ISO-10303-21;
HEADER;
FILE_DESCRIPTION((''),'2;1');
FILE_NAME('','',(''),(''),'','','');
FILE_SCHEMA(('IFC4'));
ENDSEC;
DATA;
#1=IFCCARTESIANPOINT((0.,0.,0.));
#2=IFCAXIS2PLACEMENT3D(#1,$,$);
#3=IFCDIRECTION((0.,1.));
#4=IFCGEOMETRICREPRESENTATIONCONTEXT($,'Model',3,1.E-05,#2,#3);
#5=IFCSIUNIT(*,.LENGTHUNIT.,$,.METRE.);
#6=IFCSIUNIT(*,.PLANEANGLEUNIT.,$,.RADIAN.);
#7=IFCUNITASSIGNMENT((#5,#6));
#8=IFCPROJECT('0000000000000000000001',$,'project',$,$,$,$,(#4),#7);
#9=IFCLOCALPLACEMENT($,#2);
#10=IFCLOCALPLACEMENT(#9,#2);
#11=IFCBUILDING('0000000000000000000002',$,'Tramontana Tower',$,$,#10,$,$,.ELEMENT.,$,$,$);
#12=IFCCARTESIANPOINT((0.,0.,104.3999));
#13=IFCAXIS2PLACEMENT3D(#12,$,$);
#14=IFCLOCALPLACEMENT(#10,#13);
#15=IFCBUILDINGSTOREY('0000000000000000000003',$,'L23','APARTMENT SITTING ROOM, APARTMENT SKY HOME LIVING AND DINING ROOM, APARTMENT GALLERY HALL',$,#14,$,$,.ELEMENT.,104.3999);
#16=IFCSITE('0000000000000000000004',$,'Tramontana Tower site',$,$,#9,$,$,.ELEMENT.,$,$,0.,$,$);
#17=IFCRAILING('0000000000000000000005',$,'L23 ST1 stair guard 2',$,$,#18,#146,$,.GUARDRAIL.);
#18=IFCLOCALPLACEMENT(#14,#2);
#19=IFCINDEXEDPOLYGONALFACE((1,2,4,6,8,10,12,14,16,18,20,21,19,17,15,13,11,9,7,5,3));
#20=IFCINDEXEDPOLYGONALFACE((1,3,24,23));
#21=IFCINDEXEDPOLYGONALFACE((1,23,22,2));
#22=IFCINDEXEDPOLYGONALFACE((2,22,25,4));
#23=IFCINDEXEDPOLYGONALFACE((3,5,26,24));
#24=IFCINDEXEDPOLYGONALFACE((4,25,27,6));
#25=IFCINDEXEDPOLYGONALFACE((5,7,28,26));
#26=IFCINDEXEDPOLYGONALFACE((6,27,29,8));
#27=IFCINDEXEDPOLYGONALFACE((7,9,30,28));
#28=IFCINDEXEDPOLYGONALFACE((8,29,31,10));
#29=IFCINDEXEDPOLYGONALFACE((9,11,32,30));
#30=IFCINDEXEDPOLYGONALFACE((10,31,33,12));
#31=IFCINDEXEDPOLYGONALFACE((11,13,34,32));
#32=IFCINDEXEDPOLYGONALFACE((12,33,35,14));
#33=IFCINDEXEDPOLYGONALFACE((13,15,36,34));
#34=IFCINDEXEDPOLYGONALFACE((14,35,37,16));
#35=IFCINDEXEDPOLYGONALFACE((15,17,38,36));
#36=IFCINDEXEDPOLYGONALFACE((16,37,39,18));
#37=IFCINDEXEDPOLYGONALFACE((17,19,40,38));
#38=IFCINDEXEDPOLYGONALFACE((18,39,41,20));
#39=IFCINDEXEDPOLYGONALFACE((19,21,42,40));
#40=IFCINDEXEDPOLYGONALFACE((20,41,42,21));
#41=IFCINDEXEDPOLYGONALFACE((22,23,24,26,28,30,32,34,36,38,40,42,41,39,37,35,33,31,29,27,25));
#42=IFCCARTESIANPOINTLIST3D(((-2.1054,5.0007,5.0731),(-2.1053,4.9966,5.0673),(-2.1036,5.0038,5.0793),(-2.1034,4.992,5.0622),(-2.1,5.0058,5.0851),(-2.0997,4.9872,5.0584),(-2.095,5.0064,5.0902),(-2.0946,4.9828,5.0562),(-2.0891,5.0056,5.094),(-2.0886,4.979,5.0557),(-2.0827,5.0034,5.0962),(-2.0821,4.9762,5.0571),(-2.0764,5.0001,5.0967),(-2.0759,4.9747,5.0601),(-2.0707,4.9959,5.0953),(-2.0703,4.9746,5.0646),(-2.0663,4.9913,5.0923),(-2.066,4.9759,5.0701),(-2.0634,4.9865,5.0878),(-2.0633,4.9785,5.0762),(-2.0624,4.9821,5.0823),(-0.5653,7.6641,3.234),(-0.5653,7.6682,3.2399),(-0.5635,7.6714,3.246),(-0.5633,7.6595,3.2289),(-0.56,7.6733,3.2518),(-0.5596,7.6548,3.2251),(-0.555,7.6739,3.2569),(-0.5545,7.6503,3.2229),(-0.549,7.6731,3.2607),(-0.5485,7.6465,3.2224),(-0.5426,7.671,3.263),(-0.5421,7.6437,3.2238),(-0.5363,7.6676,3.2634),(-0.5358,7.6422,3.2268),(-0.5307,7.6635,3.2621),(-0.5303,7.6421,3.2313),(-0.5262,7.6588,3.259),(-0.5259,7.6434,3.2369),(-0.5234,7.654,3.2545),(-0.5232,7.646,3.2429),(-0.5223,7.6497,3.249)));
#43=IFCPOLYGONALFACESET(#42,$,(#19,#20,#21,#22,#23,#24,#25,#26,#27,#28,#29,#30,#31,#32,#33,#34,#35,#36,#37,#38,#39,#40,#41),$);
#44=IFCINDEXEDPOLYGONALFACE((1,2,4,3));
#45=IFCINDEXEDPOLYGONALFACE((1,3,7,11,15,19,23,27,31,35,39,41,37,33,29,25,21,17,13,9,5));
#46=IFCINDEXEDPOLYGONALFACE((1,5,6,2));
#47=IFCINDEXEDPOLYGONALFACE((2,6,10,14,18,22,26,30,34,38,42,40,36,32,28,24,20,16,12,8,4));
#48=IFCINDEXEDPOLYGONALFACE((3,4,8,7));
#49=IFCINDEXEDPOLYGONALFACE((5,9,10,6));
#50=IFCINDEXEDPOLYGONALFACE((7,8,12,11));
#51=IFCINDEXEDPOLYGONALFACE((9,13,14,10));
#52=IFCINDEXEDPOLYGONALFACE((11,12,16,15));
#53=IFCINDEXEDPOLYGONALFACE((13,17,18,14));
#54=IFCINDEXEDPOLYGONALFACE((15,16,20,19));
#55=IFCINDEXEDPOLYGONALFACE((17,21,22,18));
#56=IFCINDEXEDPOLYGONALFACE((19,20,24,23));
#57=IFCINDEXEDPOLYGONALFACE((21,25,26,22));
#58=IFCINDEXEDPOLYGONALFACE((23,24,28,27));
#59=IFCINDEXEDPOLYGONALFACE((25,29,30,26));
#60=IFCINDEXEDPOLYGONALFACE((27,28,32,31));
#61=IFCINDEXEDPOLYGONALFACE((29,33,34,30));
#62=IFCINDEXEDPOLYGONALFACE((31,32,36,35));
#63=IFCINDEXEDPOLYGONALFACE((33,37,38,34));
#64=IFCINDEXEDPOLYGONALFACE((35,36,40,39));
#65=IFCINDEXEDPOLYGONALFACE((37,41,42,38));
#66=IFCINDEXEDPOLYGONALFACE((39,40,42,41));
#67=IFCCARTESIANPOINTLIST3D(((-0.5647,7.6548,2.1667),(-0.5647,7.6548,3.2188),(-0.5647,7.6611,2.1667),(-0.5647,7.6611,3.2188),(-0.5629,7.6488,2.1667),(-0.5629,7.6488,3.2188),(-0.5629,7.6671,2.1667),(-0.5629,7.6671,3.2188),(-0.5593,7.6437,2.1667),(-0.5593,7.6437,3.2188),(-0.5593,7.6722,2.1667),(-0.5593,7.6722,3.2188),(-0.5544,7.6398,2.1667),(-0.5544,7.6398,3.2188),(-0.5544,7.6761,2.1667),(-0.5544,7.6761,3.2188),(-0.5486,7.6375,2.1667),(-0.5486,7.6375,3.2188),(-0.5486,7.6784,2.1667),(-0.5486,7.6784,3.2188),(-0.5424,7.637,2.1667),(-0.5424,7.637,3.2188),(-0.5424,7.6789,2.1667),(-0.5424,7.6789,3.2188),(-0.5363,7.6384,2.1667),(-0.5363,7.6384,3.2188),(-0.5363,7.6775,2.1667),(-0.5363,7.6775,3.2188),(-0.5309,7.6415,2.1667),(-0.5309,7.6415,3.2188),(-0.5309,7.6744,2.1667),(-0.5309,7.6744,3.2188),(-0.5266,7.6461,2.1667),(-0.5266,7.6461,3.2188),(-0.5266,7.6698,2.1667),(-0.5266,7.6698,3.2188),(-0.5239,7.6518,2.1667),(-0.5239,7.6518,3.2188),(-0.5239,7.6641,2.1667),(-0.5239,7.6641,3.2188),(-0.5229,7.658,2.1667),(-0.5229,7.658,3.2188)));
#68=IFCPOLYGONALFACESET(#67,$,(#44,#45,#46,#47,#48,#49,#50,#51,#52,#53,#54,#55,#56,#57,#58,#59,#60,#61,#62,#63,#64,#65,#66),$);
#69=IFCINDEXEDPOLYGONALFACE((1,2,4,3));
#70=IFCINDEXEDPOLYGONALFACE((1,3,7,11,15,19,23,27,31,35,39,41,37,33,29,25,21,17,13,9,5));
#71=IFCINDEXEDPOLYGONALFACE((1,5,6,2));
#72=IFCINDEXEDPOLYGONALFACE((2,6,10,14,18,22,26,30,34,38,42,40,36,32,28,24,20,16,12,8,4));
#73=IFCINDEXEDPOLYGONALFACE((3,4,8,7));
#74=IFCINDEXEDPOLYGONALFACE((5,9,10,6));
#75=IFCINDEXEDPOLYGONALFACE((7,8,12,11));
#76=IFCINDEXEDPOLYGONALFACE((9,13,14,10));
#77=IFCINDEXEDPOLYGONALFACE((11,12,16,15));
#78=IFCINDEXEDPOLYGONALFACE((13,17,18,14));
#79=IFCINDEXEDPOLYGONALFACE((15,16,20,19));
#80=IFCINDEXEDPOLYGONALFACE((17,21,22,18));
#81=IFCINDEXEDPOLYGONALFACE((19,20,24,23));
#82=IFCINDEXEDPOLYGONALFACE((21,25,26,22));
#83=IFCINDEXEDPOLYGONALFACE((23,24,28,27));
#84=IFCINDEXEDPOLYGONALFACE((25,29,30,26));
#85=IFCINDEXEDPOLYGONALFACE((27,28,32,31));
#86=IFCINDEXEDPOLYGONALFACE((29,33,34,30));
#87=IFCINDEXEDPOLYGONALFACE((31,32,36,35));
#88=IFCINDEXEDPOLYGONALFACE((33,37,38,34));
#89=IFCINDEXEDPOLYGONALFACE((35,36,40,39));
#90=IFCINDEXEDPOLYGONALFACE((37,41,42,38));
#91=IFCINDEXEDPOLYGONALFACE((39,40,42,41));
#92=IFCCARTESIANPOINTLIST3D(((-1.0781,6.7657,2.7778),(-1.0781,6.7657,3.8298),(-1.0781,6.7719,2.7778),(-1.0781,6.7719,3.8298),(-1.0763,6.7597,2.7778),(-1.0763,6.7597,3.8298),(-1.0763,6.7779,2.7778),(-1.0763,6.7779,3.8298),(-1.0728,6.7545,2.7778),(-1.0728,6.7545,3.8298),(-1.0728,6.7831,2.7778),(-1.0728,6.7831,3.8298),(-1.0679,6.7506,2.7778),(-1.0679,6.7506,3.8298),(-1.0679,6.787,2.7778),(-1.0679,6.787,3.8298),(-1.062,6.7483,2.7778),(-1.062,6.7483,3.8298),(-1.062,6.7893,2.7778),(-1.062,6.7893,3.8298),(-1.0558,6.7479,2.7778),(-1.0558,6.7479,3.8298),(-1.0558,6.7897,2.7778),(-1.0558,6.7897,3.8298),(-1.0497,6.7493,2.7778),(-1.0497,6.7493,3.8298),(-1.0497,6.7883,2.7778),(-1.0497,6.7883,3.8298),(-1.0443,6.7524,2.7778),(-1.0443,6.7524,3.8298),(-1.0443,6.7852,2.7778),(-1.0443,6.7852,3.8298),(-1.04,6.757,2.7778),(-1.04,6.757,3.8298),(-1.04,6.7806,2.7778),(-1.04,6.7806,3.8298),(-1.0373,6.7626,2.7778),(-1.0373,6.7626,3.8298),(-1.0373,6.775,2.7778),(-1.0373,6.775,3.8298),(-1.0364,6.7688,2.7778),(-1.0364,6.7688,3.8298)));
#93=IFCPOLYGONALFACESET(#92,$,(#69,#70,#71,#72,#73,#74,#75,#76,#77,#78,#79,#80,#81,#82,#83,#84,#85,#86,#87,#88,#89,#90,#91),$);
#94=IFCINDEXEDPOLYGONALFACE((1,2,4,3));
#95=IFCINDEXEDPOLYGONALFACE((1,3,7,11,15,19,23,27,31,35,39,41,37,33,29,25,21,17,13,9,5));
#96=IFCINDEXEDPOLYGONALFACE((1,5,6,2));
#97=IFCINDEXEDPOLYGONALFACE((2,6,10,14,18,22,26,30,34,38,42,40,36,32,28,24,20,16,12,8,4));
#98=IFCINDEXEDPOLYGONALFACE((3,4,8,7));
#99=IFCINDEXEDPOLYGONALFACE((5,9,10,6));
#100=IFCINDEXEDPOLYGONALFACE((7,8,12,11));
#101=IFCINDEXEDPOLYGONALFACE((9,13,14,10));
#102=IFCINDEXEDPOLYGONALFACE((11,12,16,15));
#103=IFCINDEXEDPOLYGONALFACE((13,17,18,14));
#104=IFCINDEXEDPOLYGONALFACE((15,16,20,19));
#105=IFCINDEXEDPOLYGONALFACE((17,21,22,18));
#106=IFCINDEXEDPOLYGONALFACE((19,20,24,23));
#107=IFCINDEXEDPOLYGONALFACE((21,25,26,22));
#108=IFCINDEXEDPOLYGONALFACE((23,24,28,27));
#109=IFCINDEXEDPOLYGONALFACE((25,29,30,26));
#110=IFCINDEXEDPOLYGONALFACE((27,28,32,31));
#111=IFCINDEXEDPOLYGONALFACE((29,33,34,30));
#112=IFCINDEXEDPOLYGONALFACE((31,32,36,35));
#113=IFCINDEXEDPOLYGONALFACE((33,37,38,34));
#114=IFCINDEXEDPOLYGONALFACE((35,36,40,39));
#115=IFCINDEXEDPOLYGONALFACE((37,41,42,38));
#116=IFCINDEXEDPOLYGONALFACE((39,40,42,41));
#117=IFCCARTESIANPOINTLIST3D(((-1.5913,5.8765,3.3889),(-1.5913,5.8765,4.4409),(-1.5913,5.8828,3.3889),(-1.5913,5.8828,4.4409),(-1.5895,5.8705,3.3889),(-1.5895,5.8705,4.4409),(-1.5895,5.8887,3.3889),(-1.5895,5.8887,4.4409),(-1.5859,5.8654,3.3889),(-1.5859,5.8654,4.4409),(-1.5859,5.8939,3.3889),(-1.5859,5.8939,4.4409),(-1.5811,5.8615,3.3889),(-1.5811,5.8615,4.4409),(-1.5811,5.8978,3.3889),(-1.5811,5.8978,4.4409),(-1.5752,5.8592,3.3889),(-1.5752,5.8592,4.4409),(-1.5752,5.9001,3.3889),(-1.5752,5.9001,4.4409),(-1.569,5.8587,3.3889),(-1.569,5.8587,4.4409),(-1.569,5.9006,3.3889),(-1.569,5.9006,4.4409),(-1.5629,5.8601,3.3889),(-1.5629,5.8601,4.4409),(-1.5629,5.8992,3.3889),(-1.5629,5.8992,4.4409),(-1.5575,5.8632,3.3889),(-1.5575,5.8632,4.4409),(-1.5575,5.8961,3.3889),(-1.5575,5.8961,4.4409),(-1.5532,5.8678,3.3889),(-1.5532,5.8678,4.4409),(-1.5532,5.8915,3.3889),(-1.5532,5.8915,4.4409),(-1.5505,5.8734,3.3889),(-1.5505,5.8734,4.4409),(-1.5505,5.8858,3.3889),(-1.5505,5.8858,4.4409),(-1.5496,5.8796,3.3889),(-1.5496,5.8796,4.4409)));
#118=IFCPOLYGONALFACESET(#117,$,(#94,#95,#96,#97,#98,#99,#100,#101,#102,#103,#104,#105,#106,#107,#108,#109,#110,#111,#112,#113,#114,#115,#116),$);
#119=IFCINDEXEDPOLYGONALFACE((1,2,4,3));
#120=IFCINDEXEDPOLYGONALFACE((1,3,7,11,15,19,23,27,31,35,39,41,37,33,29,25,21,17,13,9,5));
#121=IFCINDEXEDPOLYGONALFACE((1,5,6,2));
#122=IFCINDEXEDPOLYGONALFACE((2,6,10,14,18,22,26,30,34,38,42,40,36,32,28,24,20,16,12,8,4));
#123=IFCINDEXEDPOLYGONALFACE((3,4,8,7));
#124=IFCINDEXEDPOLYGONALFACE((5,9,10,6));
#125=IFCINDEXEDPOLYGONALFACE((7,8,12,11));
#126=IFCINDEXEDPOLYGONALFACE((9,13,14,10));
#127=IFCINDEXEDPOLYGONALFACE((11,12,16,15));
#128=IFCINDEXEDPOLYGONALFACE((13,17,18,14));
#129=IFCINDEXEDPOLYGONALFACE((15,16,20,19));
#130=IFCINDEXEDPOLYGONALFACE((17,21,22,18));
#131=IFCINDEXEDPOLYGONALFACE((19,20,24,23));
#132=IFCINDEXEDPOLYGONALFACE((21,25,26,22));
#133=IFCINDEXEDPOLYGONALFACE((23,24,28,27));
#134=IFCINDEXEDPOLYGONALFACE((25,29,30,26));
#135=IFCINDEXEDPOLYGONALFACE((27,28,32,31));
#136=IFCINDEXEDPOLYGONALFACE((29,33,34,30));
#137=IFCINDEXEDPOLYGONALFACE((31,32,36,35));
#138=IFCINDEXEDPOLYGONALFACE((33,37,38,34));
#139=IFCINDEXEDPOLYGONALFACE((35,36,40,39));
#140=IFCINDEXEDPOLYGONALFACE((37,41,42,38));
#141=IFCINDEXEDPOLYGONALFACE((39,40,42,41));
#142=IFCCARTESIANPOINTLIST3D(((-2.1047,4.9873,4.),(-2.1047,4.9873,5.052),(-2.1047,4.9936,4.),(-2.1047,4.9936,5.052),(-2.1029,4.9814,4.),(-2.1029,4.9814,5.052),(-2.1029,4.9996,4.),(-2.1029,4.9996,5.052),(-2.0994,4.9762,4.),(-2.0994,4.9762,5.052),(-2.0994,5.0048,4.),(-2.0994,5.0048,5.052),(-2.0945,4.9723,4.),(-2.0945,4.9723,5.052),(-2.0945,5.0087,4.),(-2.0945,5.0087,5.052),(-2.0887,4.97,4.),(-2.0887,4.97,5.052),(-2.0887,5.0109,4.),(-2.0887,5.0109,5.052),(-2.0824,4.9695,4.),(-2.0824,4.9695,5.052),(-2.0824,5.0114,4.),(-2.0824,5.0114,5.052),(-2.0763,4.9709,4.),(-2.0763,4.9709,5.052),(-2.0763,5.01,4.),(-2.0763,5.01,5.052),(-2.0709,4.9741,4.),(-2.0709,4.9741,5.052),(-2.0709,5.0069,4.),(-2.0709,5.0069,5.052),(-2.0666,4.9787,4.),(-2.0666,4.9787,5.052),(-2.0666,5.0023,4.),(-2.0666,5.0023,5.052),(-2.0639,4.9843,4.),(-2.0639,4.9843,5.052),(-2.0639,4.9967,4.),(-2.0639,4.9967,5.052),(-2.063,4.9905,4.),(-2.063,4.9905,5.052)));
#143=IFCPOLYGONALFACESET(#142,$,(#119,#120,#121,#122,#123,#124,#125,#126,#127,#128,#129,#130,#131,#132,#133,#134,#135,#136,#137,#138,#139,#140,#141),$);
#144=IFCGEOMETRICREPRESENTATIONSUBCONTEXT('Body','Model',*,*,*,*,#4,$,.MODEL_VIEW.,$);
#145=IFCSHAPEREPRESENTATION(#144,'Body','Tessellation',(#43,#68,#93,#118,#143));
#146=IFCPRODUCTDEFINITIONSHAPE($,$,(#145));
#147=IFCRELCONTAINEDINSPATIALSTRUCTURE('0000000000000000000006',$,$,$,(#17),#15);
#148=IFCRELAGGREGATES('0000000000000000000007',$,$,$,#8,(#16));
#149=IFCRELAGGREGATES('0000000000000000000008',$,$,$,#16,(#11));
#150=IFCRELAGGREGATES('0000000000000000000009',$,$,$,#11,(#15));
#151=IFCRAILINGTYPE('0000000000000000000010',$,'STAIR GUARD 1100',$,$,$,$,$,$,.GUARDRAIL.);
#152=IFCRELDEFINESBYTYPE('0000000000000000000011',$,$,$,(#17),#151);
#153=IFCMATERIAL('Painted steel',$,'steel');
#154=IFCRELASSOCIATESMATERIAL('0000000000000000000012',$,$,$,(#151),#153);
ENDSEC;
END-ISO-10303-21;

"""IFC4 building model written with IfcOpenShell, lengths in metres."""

from ifc_helpers import new_model, si_unit, direction, frame, origin, origin_2d, place, context, subcontext, project, spatial, circle, extrude, material, type_object, element, save


model = new_model("IFC4")

# Units and contexts
model_context = context("Model", 3, precision=1e-05, world=origin(), true_north=direction((0.0, 1.0)))
body_context = subcontext(model_context, "Body", "Model", "MODEL_VIEW")
ifc_project = project(units=[si_unit("LENGTHUNIT", "METRE"), si_unit("PLANEANGLEUNIT", "RADIAN")], contexts=[model_context])

# Site, building, storey
site_placement = place(None, origin())
site = spatial("IfcSite", under=ifc_project, at=site_placement, Name="Tramontana Tower site", CompositionType="ELEMENT", RefElevation=0.0)
building_placement = place(site_placement, origin())
building = spatial("IfcBuilding", under=site, at=building_placement, Name="Tramontana Tower", CompositionType="ELEMENT")
storey_placement = place(building_placement, frame((0.0, 0.0, 104.3999)))
storey = spatial("IfcBuildingStorey", under=building, at=storey_placement, Name="L23", Description="APARTMENT SITTING ROOM, APARTMENT SKY HOME LIVING AND DINING ROOM, APARTMENT GALLERY HALL", CompositionType="ELEMENT", Elevation=104.3999)

# Railing
ifc_material_1 = material(Name="Painted steel", Category="steel")
railing_type_1 = type_object("IfcRailingType", Name="STAIR GUARD 1100", PredefinedType="GUARDRAIL", material=ifc_material_1)
railing_1_placement = place(storey_placement, frame((-0.5439, 7.658, 2.1667)))
element("IfcRailing", 1, at=railing_1_placement, inside=storey, type_object=railing_type_1, Name="L23 ST1 stair guard 2", PredefinedType="GUARDRAIL", context=body_context, shape_type="SweptSolid", body=[
    extrude(circle(Radius=0.0239, at=origin_2d()), frame((0.0, 0.0, 1.0762), z_axis=(-0.429649, -0.74419, 0.511452), x_axis=(0.86603, -0.499992, 0.0)), (0.0, 0.0, 1.0), 3.5845),
    extrude(circle(Radius=0.021, at=origin_2d()), origin(), (0.0, 0.0, 1.0), 1.052),
    extrude(circle(Radius=0.021, at=origin_2d()), frame((-0.5134, -0.8892, 0.6111)), (0.0, 0.0, 1.0), 1.052),
    extrude(circle(Radius=0.021, at=origin_2d()), frame((-1.0266, -1.7783, 1.2222)), (0.0, 0.0, 1.0), 1.052),
    extrude(circle(Radius=0.021, at=origin_2d()), frame((-1.54, -2.6675, 1.8333)), (0.0, 0.0, 1.0), 1.052),
])

save(model, "model.ifc")
